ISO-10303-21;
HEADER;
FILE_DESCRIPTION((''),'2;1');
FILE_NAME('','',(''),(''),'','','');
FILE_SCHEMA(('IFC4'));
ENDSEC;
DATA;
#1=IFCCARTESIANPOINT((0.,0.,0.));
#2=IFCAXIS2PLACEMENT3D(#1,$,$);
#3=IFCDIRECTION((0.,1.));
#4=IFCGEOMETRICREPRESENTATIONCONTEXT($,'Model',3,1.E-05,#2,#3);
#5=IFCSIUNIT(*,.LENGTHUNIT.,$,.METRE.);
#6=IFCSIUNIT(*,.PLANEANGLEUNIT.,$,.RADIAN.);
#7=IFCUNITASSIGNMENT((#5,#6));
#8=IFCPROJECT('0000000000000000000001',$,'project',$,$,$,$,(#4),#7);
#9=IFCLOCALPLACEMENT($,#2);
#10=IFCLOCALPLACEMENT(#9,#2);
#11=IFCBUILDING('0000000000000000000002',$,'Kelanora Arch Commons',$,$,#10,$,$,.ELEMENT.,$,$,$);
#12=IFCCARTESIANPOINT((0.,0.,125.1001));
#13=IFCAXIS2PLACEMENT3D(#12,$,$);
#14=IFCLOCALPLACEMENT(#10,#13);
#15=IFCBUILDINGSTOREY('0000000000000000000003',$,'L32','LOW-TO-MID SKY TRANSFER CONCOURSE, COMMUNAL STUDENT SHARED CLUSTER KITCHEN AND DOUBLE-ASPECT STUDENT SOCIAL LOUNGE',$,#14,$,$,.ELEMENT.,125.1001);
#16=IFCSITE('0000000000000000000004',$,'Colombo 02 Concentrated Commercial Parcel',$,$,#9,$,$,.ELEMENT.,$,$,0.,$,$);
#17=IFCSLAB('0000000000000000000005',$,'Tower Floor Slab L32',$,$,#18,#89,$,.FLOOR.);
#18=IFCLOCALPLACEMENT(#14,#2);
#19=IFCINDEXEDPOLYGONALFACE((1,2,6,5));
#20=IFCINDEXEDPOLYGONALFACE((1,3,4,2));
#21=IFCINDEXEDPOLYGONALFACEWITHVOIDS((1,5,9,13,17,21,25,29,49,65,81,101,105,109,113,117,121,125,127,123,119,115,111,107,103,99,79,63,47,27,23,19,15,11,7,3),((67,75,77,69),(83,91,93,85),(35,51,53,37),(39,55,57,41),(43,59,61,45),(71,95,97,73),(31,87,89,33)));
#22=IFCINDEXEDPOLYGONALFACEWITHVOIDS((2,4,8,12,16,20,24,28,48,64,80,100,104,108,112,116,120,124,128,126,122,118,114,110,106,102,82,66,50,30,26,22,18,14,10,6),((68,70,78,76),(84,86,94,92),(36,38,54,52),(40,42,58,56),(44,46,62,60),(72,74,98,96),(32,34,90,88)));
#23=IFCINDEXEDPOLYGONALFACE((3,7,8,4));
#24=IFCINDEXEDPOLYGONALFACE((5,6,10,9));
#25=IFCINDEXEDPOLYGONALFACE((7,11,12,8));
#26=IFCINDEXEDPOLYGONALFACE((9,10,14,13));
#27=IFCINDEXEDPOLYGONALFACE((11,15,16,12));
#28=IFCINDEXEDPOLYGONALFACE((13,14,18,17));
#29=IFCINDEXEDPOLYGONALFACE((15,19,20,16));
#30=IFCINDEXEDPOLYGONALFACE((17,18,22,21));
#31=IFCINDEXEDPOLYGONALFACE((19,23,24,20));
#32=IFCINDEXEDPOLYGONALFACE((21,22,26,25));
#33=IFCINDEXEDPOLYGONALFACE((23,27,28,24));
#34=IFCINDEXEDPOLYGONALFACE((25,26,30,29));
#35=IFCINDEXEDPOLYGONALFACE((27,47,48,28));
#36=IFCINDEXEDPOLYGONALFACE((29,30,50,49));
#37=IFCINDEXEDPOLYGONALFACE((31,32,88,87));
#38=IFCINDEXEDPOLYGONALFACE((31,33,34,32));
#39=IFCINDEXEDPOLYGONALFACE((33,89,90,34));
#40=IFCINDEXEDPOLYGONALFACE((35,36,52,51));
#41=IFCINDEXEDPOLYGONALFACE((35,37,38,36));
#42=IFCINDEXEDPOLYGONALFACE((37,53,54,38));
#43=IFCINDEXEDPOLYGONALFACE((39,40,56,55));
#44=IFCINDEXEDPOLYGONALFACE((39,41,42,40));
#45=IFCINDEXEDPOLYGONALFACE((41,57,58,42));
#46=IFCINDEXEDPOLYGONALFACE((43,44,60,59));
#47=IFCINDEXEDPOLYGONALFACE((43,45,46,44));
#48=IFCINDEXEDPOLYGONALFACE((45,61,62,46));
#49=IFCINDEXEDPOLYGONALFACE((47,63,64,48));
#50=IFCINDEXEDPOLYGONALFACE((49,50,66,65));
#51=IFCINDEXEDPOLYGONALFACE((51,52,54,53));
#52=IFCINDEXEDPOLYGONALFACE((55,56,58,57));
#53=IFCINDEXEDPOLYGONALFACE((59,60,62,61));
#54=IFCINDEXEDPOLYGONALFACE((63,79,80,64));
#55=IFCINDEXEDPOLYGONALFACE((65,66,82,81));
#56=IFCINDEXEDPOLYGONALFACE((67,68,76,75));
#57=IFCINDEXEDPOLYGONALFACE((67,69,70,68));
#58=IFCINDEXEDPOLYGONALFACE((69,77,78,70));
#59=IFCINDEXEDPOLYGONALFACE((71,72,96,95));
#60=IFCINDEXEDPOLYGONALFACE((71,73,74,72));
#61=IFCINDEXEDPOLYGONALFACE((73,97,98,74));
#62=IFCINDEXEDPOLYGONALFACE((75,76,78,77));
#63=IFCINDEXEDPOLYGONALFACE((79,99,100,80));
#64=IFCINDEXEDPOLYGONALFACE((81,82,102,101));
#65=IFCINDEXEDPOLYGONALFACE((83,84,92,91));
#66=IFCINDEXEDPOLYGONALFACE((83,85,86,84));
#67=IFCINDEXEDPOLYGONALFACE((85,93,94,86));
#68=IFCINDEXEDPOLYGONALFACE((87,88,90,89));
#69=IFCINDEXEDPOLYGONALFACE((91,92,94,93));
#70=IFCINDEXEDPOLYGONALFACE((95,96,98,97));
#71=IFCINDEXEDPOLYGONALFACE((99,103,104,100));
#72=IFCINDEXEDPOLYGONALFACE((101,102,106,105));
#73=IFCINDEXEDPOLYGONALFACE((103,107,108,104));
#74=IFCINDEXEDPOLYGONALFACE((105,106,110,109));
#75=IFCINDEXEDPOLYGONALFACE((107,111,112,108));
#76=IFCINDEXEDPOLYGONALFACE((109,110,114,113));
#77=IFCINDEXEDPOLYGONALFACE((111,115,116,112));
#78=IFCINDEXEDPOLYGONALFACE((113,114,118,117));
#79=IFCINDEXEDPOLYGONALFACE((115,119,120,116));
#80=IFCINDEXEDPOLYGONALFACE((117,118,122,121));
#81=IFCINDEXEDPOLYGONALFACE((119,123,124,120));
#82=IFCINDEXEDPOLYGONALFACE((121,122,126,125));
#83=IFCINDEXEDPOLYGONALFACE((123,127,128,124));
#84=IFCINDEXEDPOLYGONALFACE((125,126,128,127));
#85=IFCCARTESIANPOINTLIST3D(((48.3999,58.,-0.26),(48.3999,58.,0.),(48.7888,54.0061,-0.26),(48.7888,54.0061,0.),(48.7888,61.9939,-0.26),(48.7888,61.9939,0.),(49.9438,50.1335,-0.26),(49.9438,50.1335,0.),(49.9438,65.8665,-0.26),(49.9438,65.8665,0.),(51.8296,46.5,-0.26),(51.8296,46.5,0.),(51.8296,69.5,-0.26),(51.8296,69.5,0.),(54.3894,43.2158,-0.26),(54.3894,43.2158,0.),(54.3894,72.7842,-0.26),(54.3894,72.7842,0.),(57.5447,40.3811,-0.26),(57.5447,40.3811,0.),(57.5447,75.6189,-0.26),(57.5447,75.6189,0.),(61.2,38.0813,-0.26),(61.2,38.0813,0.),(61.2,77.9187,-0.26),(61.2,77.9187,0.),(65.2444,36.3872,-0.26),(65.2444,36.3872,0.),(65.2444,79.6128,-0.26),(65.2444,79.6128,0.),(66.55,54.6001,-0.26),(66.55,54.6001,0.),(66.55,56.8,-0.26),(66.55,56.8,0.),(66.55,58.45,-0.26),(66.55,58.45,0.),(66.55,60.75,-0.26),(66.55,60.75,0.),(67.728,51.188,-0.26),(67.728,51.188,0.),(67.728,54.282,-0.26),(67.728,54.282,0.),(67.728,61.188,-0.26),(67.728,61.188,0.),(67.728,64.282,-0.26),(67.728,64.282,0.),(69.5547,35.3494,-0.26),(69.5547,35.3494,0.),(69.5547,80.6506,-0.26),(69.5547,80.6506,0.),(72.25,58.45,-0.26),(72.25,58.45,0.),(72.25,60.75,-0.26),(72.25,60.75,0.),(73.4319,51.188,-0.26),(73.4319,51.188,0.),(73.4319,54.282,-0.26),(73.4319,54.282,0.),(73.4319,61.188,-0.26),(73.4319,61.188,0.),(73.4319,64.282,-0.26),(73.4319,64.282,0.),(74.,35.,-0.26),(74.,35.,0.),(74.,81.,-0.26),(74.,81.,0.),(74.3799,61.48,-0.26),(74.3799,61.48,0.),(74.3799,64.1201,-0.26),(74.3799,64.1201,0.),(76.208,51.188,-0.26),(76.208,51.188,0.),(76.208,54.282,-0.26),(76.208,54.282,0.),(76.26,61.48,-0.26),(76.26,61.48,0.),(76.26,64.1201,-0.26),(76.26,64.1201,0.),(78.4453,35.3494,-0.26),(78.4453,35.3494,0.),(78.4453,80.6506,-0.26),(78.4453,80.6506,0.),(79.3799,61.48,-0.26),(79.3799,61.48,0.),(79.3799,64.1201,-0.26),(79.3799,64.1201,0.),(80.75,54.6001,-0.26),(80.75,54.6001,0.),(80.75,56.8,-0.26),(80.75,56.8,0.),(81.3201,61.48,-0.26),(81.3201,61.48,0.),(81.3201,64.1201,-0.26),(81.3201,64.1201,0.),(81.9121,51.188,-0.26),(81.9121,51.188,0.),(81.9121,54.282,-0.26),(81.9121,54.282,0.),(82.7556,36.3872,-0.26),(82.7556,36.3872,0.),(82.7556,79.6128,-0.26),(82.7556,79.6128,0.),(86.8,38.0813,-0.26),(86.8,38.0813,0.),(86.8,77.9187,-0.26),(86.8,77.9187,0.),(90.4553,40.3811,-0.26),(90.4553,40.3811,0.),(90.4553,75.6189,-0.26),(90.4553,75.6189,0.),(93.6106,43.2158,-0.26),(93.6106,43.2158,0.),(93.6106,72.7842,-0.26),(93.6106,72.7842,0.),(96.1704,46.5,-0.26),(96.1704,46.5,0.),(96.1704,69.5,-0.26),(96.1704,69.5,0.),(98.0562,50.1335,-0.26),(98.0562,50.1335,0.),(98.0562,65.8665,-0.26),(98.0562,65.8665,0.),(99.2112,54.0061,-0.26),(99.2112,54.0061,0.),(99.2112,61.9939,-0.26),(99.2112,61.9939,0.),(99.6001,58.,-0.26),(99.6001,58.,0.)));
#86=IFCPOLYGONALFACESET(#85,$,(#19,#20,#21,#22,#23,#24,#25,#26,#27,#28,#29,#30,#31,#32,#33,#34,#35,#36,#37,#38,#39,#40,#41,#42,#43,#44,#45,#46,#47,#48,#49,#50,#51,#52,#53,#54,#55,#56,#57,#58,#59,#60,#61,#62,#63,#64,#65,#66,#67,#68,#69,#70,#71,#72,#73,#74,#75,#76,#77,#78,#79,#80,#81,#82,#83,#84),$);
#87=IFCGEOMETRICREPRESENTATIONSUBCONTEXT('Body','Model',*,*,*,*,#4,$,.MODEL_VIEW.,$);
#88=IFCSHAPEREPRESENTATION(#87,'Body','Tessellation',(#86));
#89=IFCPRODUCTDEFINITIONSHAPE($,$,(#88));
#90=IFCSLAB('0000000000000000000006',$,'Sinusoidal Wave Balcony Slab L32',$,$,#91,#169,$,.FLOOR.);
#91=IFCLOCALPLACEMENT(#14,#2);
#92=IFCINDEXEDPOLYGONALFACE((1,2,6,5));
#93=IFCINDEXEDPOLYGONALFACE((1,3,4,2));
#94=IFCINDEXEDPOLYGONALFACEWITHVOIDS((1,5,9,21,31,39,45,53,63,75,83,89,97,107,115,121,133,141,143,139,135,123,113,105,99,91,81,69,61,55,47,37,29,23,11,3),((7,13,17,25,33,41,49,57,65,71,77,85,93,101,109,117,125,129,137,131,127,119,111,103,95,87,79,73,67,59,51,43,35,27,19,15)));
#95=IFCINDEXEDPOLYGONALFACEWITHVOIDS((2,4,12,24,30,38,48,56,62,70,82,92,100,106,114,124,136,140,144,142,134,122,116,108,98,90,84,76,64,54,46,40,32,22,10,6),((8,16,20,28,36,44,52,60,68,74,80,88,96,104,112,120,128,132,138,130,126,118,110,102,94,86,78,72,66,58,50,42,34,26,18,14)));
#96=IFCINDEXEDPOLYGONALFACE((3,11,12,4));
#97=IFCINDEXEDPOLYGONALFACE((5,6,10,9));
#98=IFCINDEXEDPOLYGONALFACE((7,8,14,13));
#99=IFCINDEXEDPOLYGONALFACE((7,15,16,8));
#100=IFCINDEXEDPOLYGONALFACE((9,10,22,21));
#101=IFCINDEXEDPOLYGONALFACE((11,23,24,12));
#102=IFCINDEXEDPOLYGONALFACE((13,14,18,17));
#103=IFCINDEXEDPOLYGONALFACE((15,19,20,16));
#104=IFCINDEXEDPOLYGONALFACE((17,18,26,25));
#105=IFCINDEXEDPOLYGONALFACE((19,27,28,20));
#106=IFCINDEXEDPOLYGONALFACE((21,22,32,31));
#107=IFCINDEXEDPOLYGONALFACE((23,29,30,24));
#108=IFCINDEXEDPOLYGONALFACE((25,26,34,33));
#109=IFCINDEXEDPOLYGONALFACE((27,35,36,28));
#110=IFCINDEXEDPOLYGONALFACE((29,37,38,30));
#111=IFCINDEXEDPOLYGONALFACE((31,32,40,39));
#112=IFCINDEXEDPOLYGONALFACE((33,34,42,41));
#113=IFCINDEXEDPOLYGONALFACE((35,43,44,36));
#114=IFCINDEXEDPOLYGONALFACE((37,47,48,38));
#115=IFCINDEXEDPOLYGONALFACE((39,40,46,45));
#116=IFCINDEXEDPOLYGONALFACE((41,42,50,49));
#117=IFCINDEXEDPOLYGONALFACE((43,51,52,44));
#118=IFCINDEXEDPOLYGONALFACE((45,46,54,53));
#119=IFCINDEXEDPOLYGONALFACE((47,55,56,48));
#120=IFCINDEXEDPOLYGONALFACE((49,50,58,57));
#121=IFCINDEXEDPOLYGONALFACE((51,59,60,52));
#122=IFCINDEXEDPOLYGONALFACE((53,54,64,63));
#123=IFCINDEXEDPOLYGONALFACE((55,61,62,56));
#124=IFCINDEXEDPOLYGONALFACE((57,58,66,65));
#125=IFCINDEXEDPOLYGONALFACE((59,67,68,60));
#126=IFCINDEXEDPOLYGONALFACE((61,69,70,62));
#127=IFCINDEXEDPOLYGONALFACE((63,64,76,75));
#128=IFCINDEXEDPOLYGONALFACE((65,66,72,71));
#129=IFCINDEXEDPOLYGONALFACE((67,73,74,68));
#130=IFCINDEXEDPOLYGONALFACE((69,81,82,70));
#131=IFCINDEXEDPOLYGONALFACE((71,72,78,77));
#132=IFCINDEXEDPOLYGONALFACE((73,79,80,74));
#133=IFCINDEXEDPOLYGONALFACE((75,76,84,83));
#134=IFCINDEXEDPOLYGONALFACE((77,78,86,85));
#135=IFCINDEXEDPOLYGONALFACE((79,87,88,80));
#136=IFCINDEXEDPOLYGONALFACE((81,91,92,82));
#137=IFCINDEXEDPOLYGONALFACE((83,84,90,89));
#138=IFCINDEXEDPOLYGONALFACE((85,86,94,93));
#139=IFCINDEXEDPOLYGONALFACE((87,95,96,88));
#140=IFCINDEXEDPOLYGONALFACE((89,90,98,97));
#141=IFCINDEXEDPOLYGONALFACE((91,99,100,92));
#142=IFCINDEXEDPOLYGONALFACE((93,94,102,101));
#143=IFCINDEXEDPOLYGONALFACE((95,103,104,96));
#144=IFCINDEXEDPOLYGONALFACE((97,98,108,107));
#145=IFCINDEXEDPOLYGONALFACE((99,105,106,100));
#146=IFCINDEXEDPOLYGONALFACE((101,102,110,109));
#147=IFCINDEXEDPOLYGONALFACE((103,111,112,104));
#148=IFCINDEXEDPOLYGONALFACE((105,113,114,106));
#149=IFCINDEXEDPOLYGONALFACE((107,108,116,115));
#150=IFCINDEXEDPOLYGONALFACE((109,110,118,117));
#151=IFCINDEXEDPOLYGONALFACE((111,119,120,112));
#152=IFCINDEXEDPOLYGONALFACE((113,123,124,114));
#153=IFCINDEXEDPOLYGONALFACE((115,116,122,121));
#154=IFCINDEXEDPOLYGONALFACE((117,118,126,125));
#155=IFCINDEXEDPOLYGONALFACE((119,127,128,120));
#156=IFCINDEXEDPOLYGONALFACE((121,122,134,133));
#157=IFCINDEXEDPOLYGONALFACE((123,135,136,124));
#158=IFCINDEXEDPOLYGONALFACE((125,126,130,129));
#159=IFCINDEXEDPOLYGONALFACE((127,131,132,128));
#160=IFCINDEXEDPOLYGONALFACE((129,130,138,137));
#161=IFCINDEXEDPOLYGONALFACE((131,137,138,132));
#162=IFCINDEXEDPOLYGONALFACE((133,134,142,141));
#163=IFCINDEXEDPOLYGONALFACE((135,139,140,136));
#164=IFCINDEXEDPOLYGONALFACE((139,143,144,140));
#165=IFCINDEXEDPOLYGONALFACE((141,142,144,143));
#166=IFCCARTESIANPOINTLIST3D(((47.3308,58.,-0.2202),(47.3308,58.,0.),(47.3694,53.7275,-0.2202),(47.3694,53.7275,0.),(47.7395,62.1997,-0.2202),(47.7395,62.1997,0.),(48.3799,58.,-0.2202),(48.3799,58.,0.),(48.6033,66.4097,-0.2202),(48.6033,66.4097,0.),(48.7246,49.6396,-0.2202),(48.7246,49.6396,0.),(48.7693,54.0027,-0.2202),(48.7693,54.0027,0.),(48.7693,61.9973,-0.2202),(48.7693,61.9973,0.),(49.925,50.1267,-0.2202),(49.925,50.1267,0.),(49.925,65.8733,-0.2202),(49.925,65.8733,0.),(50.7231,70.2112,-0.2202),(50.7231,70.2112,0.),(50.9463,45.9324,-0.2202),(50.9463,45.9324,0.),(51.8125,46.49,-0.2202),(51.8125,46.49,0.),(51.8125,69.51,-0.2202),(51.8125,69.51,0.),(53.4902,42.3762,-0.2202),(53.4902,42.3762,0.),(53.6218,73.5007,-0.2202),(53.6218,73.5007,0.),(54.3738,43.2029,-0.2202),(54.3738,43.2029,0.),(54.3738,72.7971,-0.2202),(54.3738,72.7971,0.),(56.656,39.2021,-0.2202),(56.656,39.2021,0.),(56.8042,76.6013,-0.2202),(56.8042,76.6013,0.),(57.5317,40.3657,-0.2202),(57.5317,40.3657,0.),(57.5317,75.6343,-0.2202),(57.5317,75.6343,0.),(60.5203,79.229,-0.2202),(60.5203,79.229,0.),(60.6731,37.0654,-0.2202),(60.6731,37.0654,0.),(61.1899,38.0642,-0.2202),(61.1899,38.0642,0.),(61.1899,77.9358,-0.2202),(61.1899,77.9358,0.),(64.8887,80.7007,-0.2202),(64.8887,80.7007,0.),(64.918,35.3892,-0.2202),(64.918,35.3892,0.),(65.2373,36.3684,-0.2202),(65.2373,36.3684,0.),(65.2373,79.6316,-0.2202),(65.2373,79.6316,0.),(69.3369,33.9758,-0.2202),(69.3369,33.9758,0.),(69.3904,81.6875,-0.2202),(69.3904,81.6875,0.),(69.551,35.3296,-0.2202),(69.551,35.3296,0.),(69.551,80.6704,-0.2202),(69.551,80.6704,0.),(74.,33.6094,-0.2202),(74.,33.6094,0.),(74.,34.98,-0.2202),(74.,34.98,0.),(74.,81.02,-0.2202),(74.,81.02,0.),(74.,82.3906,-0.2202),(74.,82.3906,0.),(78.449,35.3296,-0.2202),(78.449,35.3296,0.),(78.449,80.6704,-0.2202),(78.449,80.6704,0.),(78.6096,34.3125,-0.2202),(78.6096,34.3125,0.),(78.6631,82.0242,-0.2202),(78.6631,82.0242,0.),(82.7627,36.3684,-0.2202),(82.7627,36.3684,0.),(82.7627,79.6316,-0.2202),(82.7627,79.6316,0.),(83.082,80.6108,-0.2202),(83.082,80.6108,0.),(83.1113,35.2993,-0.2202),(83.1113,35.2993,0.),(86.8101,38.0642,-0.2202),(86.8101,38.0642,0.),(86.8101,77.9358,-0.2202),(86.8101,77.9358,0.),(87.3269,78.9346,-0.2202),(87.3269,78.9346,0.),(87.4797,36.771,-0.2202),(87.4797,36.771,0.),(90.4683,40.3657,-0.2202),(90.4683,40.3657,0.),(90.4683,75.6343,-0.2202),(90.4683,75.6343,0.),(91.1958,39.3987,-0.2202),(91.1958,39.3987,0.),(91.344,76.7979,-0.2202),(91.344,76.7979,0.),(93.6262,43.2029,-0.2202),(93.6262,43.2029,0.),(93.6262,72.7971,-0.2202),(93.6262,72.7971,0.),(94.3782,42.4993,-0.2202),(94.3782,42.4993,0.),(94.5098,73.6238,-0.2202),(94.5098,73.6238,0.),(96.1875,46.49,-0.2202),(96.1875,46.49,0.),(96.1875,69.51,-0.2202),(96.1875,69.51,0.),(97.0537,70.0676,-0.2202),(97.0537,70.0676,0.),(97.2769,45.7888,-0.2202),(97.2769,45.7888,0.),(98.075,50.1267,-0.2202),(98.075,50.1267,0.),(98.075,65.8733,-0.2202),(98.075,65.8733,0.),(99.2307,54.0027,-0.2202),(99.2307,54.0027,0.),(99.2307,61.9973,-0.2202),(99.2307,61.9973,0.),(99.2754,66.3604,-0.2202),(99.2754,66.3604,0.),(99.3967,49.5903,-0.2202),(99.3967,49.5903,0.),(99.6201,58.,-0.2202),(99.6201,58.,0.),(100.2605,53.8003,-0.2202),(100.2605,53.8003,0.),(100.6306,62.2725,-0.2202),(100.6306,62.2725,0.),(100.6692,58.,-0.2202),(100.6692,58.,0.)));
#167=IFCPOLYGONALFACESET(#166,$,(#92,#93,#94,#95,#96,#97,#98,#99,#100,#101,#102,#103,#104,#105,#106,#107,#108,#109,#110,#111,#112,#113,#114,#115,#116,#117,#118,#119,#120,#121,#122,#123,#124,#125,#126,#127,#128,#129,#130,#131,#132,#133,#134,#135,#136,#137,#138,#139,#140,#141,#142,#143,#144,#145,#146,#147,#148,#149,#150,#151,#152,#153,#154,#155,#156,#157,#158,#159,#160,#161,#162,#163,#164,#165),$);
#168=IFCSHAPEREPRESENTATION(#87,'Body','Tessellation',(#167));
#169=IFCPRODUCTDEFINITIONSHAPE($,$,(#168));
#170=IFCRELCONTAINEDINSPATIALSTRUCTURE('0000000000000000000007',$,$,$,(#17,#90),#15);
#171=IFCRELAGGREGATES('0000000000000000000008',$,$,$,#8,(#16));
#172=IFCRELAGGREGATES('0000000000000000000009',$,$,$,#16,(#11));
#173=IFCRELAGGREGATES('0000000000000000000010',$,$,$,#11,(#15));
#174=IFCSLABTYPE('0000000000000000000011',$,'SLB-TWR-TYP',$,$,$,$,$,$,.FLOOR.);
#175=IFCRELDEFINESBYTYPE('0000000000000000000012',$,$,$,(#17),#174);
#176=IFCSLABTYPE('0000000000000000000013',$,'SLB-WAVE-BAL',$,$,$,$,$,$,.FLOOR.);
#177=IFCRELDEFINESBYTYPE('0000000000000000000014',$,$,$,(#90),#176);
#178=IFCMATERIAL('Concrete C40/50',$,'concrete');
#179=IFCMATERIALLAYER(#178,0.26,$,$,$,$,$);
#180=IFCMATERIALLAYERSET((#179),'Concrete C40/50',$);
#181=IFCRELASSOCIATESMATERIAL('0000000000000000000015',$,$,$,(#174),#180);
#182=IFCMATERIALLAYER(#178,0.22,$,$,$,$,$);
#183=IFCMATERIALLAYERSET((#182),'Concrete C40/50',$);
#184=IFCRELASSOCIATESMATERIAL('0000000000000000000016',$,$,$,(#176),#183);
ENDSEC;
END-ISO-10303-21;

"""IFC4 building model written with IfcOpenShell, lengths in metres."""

from ifc_helpers import new_model, si_unit, direction, frame, origin, place, context, subcontext, project, spatial, polyline, outline, extrude, material, layer, layer_set, type_object, element, save


model = new_model("IFC4")

# Units and contexts
model_context = context("Model", 3, precision=1e-05, world=origin(), true_north=direction((0.0, 1.0)))
body_context = subcontext(model_context, "Body", "Model", "MODEL_VIEW")
ifc_project = project(units=[si_unit("LENGTHUNIT", "METRE"), si_unit("PLANEANGLEUNIT", "RADIAN")], contexts=[model_context])

# Site, building, storey
site_placement = place(None, origin())
site = spatial("IfcSite", under=ifc_project, at=site_placement, Name="Colombo 02 Concentrated Commercial Parcel", CompositionType="ELEMENT", RefElevation=0.0)
building_placement = place(site_placement, origin())
building = spatial("IfcBuilding", under=site, at=building_placement, Name="Kelanora Arch Commons", CompositionType="ELEMENT")
storey_placement = place(building_placement, frame((0.0, 0.0, 125.1001)))
storey = spatial("IfcBuildingStorey", under=building, at=storey_placement, Name="L32", Description="LOW-TO-MID SKY TRANSFER CONCOURSE, COMMUNAL STUDENT SHARED CLUSTER KITCHEN AND DOUBLE-ASPECT STUDENT SOCIAL LOUNGE", CompositionType="ELEMENT", Elevation=125.1001)

# Shared definitions
ifc_material_1 = material(Name="Concrete C40/50", Category="concrete")

# Slabs
ifc_layer_1 = layer(ifc_material_1, 0.26)
ifc_layer_set_1 = layer_set([ifc_layer_1], Name="Concrete C40/50")
slab_type_1 = type_object("IfcSlabType", Name="SLB-TWR-TYP", PredefinedType="FLOOR", material=ifc_layer_set_1)
slab_1_placement = place(storey_placement, frame((0.0, 0.0, -0.26)))
element("IfcSlab", 1, at=slab_1_placement, inside=storey, type_object=slab_type_1, Name="Tower Floor Slab L32", PredefinedType="FLOOR", context=body_context, shape_type="SweptSolid", body=[
    extrude(outline(polyline([(99.6001, 58.0), (99.2112, 61.9939), (98.0562, 65.8665), (96.1704, 69.5), (93.6106, 72.7842), (90.4553, 75.6189), (86.8, 77.9187), (82.7556, 79.6128), (78.4453, 80.6506), (74.0, 81.0), (69.5547, 80.6506), (65.2444, 79.6128), (61.2, 77.9187), (57.5447, 75.6189), (54.3894, 72.7842), (51.8296, 69.5), (49.9438, 65.8665), (48.7888, 61.9939), (48.3999, 58.0), (48.7888, 54.0061), (49.9438, 50.1335), (51.8296, 46.5), (54.3894, 43.2158), (57.5447, 40.3811), (61.2, 38.0813), (65.2444, 36.3872), (69.5547, 35.3494), (74.0, 35.0), (78.4453, 35.3494), (82.7556, 36.3872), (86.8, 38.0813), (90.4553, 40.3811), (93.6106, 43.2158), (96.1704, 46.5), (98.0562, 50.1335), (99.2112, 54.0061), (99.6001, 58.0)]), holes=[polyline([(73.4319, 51.188), (67.728, 51.188), (67.728, 54.282), (73.4319, 54.282), (73.4319, 51.188)]), polyline([(76.208, 51.188), (76.208, 54.282), (81.9121, 54.282), (81.9121, 51.188), (76.208, 51.188)]), polyline([(66.55, 54.6001), (66.55, 56.8), (80.75, 56.8), (80.75, 54.6001), (66.55, 54.6001)]), polyline([(66.55, 58.45), (66.55, 60.75), (72.25, 60.75), (72.25, 58.45), (66.55, 58.45)]), polyline([(67.728, 61.188), (67.728, 64.282), (73.4319, 64.282), (73.4319, 61.188), (67.728, 61.188)]), polyline([(74.3799, 61.48), (74.3799, 64.1201), (76.26, 64.1201), (76.26, 61.48), (74.3799, 61.48)]), polyline([(79.3799, 61.48), (79.3799, 64.1201), (81.3201, 64.1201), (81.3201, 61.48), (79.3799, 61.48)])]), origin(), (0.0, 0.0, 1.0), 0.26),
])
ifc_layer_2 = layer(ifc_material_1, 0.22)
ifc_layer_set_2 = layer_set([ifc_layer_2], Name="Concrete C40/50")
slab_type_2 = type_object("IfcSlabType", Name="SLB-WAVE-BAL", PredefinedType="FLOOR", material=ifc_layer_set_2)
slab_2_placement = place(storey_placement, frame((0.0, 0.0, -0.2202)))
element("IfcSlab", 2, at=slab_2_placement, inside=storey, type_object=slab_type_2, Name="Sinusoidal Wave Balcony Slab L32", PredefinedType="FLOOR", context=body_context, shape_type="SweptSolid", body=[
    extrude(outline(polyline([(100.6692, 58.0), (100.6306, 62.2725), (99.2754, 66.3604), (97.0537, 70.0676), (94.5098, 73.6238), (91.344, 76.7979), (87.3269, 78.9346), (83.082, 80.6108), (78.6631, 82.0242), (74.0, 82.3906), (69.3904, 81.6875), (64.8887, 80.7007), (60.5203, 79.229), (56.8042, 76.6013), (53.6218, 73.5007), (50.7231, 70.2112), (48.6033, 66.4097), (47.7395, 62.1997), (47.3308, 58.0), (47.3694, 53.7275), (48.7246, 49.6396), (50.9463, 45.9324), (53.4902, 42.3762), (56.656, 39.2021), (60.6731, 37.0654), (64.918, 35.3892), (69.3369, 33.9758), (74.0, 33.6094), (78.6096, 34.3125), (83.1113, 35.2993), (87.4797, 36.771), (91.1958, 39.3987), (94.3782, 42.4993), (97.2769, 45.7888), (99.3967, 49.5903), (100.2605, 53.8003), (100.6692, 58.0)]), holes=[polyline([(99.2307, 54.0027), (98.075, 50.1267), (96.1875, 46.49), (93.6262, 43.2029), (90.4683, 40.3657), (86.8101, 38.0642), (82.7627, 36.3684), (78.449, 35.3296), (74.0, 34.98), (69.551, 35.3296), (65.2373, 36.3684), (61.1899, 38.0642), (57.5317, 40.3657), (54.3738, 43.2029), (51.8125, 46.49), (49.925, 50.1267), (48.7693, 54.0027), (48.3799, 58.0), (48.7693, 61.9973), (49.925, 65.8733), (51.8125, 69.51), (54.3738, 72.7971), (57.5317, 75.6343), (61.1899, 77.9358), (65.2373, 79.6316), (69.551, 80.6704), (74.0, 81.02), (78.449, 80.6704), (82.7627, 79.6316), (86.8101, 77.9358), (90.4683, 75.6343), (93.6262, 72.7971), (96.1875, 69.51), (98.075, 65.8733), (99.2307, 61.9973), (99.6201, 58.0), (99.2307, 54.0027)])]), origin(), (0.0, 0.0, 1.0), 0.2202),
])

save(model, "model.ifc")
